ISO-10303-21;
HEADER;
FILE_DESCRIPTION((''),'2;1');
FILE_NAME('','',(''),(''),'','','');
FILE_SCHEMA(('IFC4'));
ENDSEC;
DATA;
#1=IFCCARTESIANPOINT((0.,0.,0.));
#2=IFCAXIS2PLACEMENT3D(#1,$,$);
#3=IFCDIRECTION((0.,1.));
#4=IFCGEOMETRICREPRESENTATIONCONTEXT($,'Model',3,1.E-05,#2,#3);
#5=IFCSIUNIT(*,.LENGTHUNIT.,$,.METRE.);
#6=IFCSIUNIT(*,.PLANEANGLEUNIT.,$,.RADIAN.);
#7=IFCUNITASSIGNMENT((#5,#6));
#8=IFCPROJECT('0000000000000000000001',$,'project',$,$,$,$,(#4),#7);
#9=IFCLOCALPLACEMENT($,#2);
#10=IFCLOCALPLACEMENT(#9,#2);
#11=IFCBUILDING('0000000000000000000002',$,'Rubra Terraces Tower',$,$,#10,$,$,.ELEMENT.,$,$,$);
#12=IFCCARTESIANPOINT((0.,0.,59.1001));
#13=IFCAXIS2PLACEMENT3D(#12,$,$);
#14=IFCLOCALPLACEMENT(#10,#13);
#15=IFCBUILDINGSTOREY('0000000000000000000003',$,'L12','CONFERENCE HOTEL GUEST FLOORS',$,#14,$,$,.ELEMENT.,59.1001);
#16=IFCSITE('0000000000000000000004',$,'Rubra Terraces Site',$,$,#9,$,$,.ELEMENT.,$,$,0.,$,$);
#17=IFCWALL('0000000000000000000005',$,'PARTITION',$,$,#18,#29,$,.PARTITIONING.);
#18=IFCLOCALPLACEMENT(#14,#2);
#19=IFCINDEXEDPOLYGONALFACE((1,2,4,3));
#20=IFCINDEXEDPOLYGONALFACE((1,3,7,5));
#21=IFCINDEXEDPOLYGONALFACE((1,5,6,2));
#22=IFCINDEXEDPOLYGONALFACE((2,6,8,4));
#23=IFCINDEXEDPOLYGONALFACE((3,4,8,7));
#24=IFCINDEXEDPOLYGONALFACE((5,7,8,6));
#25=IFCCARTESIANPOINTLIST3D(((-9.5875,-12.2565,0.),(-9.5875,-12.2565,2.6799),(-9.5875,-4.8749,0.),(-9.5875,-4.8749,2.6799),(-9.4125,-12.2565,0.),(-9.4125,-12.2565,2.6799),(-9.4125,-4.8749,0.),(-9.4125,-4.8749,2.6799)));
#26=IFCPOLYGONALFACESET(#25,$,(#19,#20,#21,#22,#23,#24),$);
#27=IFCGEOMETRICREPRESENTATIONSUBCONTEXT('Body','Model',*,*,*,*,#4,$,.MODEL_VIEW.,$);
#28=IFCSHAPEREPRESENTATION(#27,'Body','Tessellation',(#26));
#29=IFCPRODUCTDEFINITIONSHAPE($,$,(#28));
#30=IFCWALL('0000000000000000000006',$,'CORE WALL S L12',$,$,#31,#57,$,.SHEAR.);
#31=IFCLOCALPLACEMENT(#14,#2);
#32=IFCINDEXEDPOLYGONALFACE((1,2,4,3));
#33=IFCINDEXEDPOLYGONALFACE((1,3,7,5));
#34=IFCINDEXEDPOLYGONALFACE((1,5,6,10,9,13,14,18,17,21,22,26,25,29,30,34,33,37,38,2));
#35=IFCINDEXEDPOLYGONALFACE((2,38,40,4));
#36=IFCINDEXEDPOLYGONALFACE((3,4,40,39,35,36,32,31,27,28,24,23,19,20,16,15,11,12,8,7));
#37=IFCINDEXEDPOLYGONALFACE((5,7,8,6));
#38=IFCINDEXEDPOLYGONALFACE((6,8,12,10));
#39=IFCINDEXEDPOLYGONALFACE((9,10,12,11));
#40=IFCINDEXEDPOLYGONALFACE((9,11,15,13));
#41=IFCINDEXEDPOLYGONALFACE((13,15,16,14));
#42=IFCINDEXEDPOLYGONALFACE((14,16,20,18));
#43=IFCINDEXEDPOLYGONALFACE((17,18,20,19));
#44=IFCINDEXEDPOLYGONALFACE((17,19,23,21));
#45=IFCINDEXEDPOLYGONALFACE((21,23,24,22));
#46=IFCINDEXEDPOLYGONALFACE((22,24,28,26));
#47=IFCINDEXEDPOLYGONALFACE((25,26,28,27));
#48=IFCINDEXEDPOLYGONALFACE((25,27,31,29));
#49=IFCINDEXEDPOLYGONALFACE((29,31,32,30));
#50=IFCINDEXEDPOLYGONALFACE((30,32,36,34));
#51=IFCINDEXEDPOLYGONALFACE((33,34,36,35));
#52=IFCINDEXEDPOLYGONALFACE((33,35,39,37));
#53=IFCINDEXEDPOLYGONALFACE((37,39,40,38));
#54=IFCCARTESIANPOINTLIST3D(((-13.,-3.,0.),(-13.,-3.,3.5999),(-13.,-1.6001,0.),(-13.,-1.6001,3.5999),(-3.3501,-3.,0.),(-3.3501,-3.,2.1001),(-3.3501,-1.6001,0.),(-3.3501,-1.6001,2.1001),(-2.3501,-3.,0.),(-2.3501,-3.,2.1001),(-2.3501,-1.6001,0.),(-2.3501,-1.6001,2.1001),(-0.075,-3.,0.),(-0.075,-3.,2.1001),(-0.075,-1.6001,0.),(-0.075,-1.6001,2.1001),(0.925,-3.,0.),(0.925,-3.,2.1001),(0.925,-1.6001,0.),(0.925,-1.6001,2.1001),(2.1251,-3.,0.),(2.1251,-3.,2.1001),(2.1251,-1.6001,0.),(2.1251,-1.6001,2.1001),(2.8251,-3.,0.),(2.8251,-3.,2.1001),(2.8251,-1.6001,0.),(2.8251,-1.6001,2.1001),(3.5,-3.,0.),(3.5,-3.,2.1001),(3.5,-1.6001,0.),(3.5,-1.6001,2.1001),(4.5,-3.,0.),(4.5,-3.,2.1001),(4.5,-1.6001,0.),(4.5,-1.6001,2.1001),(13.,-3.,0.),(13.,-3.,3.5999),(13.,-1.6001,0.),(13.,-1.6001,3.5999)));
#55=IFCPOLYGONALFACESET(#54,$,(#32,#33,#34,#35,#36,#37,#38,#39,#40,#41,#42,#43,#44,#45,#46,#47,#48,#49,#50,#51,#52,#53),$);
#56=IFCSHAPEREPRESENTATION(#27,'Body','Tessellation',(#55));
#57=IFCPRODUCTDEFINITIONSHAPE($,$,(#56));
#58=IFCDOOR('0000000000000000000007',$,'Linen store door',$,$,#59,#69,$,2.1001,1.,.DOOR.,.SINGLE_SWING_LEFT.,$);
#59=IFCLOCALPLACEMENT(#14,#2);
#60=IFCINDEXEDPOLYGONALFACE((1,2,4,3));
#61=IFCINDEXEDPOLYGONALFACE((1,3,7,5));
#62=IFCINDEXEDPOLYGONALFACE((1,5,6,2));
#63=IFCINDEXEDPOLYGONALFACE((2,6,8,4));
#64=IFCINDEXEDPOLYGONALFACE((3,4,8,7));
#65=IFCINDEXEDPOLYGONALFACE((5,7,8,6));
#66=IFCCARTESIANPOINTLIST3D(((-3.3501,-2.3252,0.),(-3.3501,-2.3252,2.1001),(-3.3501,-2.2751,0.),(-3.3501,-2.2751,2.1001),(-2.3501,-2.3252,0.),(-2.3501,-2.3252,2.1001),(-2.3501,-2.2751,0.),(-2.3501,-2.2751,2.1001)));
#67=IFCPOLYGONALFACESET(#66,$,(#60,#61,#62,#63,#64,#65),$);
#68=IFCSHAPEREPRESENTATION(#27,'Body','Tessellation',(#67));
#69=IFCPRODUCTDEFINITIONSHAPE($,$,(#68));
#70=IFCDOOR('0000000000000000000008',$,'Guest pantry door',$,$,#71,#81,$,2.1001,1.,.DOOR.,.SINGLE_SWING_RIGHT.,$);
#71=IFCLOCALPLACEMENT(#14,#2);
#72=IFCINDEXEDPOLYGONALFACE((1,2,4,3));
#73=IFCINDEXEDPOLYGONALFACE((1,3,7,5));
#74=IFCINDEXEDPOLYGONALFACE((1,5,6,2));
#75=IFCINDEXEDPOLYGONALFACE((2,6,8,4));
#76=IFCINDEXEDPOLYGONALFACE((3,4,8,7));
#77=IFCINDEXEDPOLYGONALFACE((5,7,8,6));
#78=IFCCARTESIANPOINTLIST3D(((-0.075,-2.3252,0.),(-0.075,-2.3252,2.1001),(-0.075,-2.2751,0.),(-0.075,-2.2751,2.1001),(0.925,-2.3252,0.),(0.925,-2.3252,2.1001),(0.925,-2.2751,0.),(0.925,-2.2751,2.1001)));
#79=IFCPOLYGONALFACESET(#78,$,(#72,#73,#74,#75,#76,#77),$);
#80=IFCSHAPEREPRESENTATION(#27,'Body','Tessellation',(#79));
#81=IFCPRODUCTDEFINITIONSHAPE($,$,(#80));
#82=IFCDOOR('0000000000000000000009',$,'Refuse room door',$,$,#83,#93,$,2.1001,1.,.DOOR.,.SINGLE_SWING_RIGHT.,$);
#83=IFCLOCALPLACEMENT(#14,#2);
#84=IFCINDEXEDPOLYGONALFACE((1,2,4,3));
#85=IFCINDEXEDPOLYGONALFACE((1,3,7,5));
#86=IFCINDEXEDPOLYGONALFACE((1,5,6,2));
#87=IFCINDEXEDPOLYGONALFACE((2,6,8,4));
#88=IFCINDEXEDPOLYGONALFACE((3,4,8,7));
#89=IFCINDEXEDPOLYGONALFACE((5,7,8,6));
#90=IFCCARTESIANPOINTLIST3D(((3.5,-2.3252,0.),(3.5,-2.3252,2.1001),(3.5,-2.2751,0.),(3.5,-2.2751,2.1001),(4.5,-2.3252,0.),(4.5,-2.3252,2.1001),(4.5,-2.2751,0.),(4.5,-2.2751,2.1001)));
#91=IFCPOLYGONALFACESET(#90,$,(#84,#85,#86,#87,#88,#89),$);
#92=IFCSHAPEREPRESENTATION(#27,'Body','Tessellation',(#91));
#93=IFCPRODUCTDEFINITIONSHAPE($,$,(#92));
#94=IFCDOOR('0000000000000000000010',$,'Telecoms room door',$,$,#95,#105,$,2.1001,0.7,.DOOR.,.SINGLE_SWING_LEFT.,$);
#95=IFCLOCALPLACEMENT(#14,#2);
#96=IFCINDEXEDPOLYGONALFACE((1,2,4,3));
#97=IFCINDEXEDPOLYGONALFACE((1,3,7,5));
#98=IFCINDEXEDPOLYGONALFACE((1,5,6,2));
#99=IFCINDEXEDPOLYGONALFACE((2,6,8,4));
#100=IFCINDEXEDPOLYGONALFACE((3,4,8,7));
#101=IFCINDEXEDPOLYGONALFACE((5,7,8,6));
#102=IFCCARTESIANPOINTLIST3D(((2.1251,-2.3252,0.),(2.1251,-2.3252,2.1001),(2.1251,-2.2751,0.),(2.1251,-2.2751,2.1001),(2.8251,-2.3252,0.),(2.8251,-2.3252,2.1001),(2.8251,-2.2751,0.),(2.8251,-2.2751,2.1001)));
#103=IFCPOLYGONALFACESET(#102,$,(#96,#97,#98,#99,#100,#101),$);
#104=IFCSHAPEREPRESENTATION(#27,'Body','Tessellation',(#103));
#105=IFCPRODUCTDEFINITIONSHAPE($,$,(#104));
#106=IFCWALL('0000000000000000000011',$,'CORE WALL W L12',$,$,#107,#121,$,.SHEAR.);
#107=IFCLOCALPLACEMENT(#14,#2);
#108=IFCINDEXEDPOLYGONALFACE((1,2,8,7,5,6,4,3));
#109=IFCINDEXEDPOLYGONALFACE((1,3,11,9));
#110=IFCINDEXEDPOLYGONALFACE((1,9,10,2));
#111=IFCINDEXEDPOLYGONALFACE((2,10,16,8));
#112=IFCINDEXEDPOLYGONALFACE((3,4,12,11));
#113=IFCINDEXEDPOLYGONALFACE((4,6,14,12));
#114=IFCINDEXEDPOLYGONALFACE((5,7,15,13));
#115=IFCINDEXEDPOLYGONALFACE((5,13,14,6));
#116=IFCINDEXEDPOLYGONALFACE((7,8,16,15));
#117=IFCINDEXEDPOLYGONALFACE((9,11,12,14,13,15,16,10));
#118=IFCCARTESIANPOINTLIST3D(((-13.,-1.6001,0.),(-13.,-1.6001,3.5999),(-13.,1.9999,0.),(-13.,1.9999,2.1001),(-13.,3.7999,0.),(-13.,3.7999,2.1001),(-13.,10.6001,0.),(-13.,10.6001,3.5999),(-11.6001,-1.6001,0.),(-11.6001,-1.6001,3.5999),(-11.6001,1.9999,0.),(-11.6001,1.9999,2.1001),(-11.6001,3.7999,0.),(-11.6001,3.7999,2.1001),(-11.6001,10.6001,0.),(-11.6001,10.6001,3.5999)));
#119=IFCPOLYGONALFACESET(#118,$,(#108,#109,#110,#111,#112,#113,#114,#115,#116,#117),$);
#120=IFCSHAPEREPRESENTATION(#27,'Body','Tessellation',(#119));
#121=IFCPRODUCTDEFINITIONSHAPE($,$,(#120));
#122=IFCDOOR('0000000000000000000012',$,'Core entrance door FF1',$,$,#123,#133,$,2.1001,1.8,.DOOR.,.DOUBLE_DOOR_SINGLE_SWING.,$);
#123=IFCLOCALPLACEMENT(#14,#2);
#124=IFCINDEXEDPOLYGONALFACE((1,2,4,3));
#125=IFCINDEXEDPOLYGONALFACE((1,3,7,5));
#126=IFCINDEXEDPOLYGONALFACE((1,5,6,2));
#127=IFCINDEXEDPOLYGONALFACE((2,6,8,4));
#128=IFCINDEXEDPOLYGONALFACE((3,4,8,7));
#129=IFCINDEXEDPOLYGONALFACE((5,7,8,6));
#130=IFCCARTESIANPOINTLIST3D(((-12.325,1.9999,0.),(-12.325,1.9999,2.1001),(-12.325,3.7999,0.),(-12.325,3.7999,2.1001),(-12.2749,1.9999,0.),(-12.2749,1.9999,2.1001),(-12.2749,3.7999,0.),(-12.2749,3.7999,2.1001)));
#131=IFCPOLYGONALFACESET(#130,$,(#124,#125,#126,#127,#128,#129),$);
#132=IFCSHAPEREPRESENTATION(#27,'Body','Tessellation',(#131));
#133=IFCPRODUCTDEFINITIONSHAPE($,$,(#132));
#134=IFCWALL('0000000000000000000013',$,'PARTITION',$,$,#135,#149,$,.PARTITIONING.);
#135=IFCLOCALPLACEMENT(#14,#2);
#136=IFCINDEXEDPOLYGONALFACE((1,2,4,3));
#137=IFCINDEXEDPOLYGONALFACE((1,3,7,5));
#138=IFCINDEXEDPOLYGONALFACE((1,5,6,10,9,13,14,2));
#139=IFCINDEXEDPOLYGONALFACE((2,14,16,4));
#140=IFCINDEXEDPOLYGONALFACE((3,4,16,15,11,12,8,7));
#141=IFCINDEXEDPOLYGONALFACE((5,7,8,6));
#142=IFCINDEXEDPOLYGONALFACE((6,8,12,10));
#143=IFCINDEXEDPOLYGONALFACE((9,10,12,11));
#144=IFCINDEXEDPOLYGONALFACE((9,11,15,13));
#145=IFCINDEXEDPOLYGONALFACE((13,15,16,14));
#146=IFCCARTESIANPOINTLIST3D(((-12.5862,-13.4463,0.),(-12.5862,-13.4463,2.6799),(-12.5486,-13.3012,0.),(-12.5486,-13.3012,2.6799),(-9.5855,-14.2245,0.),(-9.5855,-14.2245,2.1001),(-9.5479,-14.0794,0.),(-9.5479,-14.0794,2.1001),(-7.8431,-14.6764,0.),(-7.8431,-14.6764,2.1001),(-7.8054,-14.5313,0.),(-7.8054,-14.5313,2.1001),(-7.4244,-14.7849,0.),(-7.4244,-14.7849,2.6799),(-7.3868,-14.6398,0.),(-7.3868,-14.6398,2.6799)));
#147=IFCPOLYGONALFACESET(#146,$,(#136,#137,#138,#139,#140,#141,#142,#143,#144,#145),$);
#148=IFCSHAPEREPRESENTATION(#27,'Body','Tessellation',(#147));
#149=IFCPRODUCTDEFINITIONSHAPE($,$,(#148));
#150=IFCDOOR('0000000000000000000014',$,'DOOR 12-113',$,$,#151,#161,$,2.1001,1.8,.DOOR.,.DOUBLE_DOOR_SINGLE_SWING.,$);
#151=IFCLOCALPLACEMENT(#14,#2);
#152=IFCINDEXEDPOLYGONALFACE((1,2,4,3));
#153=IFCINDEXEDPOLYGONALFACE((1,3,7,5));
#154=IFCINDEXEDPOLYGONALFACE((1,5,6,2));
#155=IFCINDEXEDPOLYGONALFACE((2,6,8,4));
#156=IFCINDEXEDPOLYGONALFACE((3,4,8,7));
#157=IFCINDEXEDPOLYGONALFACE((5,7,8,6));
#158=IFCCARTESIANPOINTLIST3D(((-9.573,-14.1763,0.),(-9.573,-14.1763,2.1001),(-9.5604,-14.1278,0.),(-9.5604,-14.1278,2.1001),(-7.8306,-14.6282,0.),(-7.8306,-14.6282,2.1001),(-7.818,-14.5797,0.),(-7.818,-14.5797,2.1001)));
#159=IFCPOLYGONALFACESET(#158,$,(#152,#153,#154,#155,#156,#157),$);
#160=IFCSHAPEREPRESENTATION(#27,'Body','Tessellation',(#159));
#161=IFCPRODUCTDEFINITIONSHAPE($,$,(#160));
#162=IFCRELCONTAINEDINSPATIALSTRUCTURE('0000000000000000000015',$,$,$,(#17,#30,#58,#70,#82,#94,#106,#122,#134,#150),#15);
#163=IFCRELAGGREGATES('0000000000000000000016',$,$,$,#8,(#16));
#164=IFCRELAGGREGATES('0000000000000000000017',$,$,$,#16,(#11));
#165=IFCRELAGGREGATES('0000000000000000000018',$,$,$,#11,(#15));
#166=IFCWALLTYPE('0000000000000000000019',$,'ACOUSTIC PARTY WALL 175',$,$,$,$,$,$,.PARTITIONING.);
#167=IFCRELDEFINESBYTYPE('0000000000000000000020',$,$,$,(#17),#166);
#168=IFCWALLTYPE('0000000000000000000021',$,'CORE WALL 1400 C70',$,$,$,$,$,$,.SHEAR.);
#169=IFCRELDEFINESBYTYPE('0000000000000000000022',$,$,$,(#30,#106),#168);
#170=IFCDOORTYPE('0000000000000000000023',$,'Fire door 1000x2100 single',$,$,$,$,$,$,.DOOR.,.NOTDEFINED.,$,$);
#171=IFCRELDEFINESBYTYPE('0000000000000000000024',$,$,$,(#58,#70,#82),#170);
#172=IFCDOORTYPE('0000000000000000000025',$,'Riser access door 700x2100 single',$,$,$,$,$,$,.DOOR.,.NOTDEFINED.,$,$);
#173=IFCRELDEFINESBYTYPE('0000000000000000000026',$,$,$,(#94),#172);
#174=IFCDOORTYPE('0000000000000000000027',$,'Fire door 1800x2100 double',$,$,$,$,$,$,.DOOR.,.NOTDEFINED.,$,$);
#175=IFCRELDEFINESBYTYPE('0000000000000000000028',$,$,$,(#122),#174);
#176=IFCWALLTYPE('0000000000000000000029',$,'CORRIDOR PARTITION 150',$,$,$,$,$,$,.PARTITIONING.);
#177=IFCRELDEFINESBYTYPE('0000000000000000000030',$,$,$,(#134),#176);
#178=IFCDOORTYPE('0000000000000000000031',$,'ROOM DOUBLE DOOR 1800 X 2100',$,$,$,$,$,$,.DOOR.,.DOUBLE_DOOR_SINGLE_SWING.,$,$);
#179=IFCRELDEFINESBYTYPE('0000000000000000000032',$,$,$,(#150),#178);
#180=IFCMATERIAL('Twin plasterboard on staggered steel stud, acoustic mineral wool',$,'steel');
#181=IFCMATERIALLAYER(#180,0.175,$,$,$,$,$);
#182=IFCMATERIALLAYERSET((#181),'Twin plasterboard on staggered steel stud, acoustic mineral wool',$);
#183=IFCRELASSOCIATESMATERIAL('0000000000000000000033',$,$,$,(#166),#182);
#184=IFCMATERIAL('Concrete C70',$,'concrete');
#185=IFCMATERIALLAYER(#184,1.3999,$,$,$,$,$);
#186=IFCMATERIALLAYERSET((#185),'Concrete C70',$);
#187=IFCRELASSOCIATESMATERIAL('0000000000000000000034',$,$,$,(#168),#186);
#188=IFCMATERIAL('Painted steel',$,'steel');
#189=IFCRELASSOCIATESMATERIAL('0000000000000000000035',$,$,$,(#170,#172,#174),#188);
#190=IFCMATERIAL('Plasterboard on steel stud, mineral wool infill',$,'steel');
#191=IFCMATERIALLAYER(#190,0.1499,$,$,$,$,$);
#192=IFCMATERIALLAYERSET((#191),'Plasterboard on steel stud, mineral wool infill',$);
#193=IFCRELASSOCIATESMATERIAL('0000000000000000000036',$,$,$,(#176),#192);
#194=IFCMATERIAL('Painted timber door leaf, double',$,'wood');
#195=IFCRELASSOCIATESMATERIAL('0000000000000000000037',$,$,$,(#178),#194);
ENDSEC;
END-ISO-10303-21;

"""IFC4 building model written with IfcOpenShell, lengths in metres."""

from ifc_helpers import new_model, si_unit, direction, frame, frame_2d, origin, place, context, subcontext, project, spatial, rectangle, extrude, material, layer, layer_set, type_object, element, fill, save


model = new_model("IFC4")

# Units and contexts
model_context = context("Model", 3, precision=1e-05, world=origin(), true_north=direction((0.0, 1.0)))
body_context = subcontext(model_context, "Body", "Model", "MODEL_VIEW")
ifc_project = project(units=[si_unit("LENGTHUNIT", "METRE"), si_unit("PLANEANGLEUNIT", "RADIAN")], contexts=[model_context])

# Site, building, storey
site_placement = place(None, origin())
site = spatial("IfcSite", under=ifc_project, at=site_placement, Name="Rubra Terraces Site", CompositionType="ELEMENT", RefElevation=0.0)
building_placement = place(site_placement, origin())
building = spatial("IfcBuilding", under=site, at=building_placement, Name="Rubra Terraces Tower", CompositionType="ELEMENT")
storey_placement = place(building_placement, frame((0.0, 0.0, 59.1001)))
storey = spatial("IfcBuildingStorey", under=building, at=storey_placement, Name="L12", Description="CONFERENCE HOTEL GUEST FLOORS", CompositionType="ELEMENT", Elevation=59.1001)

# Wall
ifc_material_1 = material(Name="Twin plasterboard on staggered steel stud, acoustic mineral wool", Category="steel")
ifc_layer_1 = layer(ifc_material_1, 0.175)
ifc_layer_set_1 = layer_set([ifc_layer_1], Name="Twin plasterboard on staggered steel stud, acoustic mineral wool")
wall_type_1 = type_object("IfcWallType", Name="ACOUSTIC PARTY WALL 175", PredefinedType="PARTITIONING", material=ifc_layer_set_1)
wall_1_placement = place(storey_placement, frame((-9.5, -12.2566, 0.0), z_axis=(0.0, 0.0, 1.0), x_axis=(0.0, 1.0, 0.0)))
element("IfcWall", 1, at=wall_1_placement, inside=storey, type_object=wall_type_1, Name="PARTITION", PredefinedType="PARTITIONING", context=body_context, shape_type="SweptSolid", body=[
    extrude(rectangle(XDim=7.3816, YDim=0.175, at=frame_2d((3.6909, 0.0))), origin(), (0.0, 0.0, 1.0), 2.6799),
])

# Wall, openings, doors
ifc_material_2 = material(Name="Concrete C70", Category="concrete")
ifc_layer_2 = layer(ifc_material_2, 1.3999)
ifc_layer_set_2 = layer_set([ifc_layer_2], Name="Concrete C70")
wall_type_2 = type_object("IfcWallType", Name="CORE WALL 1400 C70", PredefinedType="SHEAR", material=ifc_layer_set_2)
wall_2_placement = place(storey_placement, frame((-13.0, -2.3, 0.0), z_axis=(0.0, 0.0, 1.0), x_axis=(1.0, 0.0, 0.0)))
wall_2 = element("IfcWall", 2, at=wall_2_placement, inside=storey, type_object=wall_type_2, Name="CORE WALL S L12", PredefinedType="SHEAR", context=body_context, shape_type="SweptSolid", body=[
    extrude(rectangle(XDim=26.0, YDim=1.3999, at=frame_2d((13.0, 0.0))), origin(), (0.0, 0.0, 1.0), 3.5999),
])
opening_1_placement = place(wall_2_placement, frame((9.6499, 0.0, 0.0)))
opening_1 = element("IfcOpeningElement", 3, at=opening_1_placement, cuts=wall_2, PredefinedType="OPENING", context=body_context, shape_type="SweptSolid", body=[
    extrude(rectangle(XDim=1.0, YDim=2.1001, at=frame_2d((0.5, 1.05))), frame((0.0, 0.71, 0.0), z_axis=(0.0, -1.0, 0.0), x_axis=(1.0, 0.0, 0.0)), (0.0, 0.0, 1.0), 1.4199),
])
opening_2_placement = place(wall_2_placement, frame((12.925, 0.0, 0.0)))
opening_2 = element("IfcOpeningElement", 4, at=opening_2_placement, cuts=wall_2, PredefinedType="OPENING", context=body_context, shape_type="SweptSolid", body=[
    extrude(rectangle(XDim=1.0, YDim=2.1001, at=frame_2d((0.5, 1.05))), frame((0.0, 0.71, 0.0), z_axis=(0.0, -1.0, 0.0), x_axis=(1.0, 0.0, 0.0)), (0.0, 0.0, 1.0), 1.4199),
])
opening_3_placement = place(wall_2_placement, frame((15.125, 0.0, 0.0)))
opening_3 = element("IfcOpeningElement", 5, at=opening_3_placement, cuts=wall_2, PredefinedType="OPENING", context=body_context, shape_type="SweptSolid", body=[
    extrude(rectangle(XDim=0.7, YDim=2.1001, at=frame_2d((0.3501, 1.05))), frame((0.0, 0.71, 0.0), z_axis=(0.0, -1.0, 0.0), x_axis=(1.0, 0.0, 0.0)), (0.0, 0.0, 1.0), 1.4199),
])
opening_4_placement = place(wall_2_placement, frame((16.5, 0.0, 0.0)))
opening_4 = element("IfcOpeningElement", 6, at=opening_4_placement, cuts=wall_2, PredefinedType="OPENING", context=body_context, shape_type="SweptSolid", body=[
    extrude(rectangle(XDim=1.0, YDim=2.1001, at=frame_2d((0.5, 1.05))), frame((0.0, 0.71, 0.0), z_axis=(0.0, -1.0, 0.0), x_axis=(1.0, 0.0, 0.0)), (0.0, 0.0, 1.0), 1.4199),
])
ifc_material_3 = material(Name="Painted steel", Category="steel")
door_type_1 = type_object("IfcDoorType", Name="Fire door 1000x2100 single", OperationType="NOTDEFINED", PredefinedType="DOOR", material=ifc_material_3)
door_1_placement = place(opening_1_placement, origin())
door_1 = element("IfcDoor", 7, at=door_1_placement, inside=storey, type_object=door_type_1, Name="Linen store door", OperationType="SINGLE_SWING_LEFT", OverallHeight=2.1001, OverallWidth=1.0, PredefinedType="DOOR", context=body_context, shape_type="SweptSolid", body=[
    extrude(rectangle(XDim=1.0, YDim=2.1001, at=frame_2d((0.5, 1.05))), frame((0.0, 0.0249, 0.0), z_axis=(0.0, -1.0, 0.0), x_axis=(1.0, 0.0, 0.0)), (0.0, 0.0, 1.0), 0.05),
])
fill(opening_1, door_1)
door_2_placement = place(opening_2_placement, origin())
door_2 = element("IfcDoor", 8, at=door_2_placement, inside=storey, type_object=door_type_1, Name="Guest pantry door", OperationType="SINGLE_SWING_RIGHT", OverallHeight=2.1001, OverallWidth=1.0, PredefinedType="DOOR", context=body_context, shape_type="SweptSolid", body=[
    extrude(rectangle(XDim=1.0, YDim=2.1001, at=frame_2d((0.5, 1.05))), frame((0.0, 0.0249, 0.0), z_axis=(0.0, -1.0, 0.0), x_axis=(1.0, 0.0, 0.0)), (0.0, 0.0, 1.0), 0.05),
])
fill(opening_2, door_2)
door_3_placement = place(opening_4_placement, origin())
door_3 = element("IfcDoor", 9, at=door_3_placement, inside=storey, type_object=door_type_1, Name="Refuse room door", OperationType="SINGLE_SWING_RIGHT", OverallHeight=2.1001, OverallWidth=1.0, PredefinedType="DOOR", context=body_context, shape_type="SweptSolid", body=[
    extrude(rectangle(XDim=1.0, YDim=2.1001, at=frame_2d((0.5, 1.05))), frame((0.0, 0.0249, 0.0), z_axis=(0.0, -1.0, 0.0), x_axis=(1.0, 0.0, 0.0)), (0.0, 0.0, 1.0), 0.05),
])
fill(opening_4, door_3)
door_type_2 = type_object("IfcDoorType", Name="Riser access door 700x2100 single", OperationType="NOTDEFINED", PredefinedType="DOOR", material=ifc_material_3)
door_4_placement = place(opening_3_placement, origin())
door_4 = element("IfcDoor", 10, at=door_4_placement, inside=storey, type_object=door_type_2, Name="Telecoms room door", OperationType="SINGLE_SWING_LEFT", OverallHeight=2.1001, OverallWidth=0.7, PredefinedType="DOOR", context=body_context, shape_type="SweptSolid", body=[
    extrude(rectangle(XDim=0.7, YDim=2.1001, at=frame_2d((0.3501, 1.05))), frame((0.0, 0.0249, 0.0), z_axis=(0.0, -1.0, 0.0), x_axis=(1.0, 0.0, 0.0)), (0.0, 0.0, 1.0), 0.05),
])
fill(opening_3, door_4)

# Walls, openings, doors
wall_3_placement = place(storey_placement, frame((-12.3, -1.6001, 0.0), z_axis=(0.0, 0.0, 1.0), x_axis=(0.0, 1.0, 0.0)))
wall_3 = element("IfcWall", 11, at=wall_3_placement, inside=storey, type_object=wall_type_2, Name="CORE WALL W L12", PredefinedType="SHEAR", context=body_context, shape_type="SweptSolid", body=[
    extrude(rectangle(XDim=12.2002, YDim=1.3999, at=frame_2d((6.1001, 0.0))), origin(), (0.0, 0.0, 1.0), 3.5999),
])
opening_5_placement = place(wall_3_placement, frame((3.6001, 0.0, 0.0)))
opening_5 = element("IfcOpeningElement", 12, at=opening_5_placement, cuts=wall_3, PredefinedType="OPENING", context=body_context, shape_type="SweptSolid", body=[
    extrude(rectangle(XDim=1.8, YDim=2.1001, at=frame_2d((0.8999, 1.05))), frame((0.0, 0.71, 0.0), z_axis=(0.0, -1.0, 0.0), x_axis=(1.0, 0.0, 0.0)), (0.0, 0.0, 1.0), 1.4199),
])
door_type_3 = type_object("IfcDoorType", Name="Fire door 1800x2100 double", OperationType="NOTDEFINED", PredefinedType="DOOR", material=ifc_material_3)
door_5_placement = place(opening_5_placement, origin())
door_5 = element("IfcDoor", 13, at=door_5_placement, inside=storey, type_object=door_type_3, Name="Core entrance door FF1", OperationType="DOUBLE_DOOR_SINGLE_SWING", OverallHeight=2.1001, OverallWidth=1.8, PredefinedType="DOOR", context=body_context, shape_type="SweptSolid", body=[
    extrude(rectangle(XDim=1.8, YDim=2.1001, at=frame_2d((0.8999, 1.05))), frame((0.0, 0.0249, 0.0), z_axis=(0.0, -1.0, 0.0), x_axis=(1.0, 0.0, 0.0)), (0.0, 0.0, 1.0), 0.05),
])
fill(opening_5, door_5)
ifc_material_4 = material(Name="Plasterboard on steel stud, mineral wool infill", Category="steel")
ifc_layer_3 = layer(ifc_material_4, 0.1499)
ifc_layer_set_3 = layer_set([ifc_layer_3], Name="Plasterboard on steel stud, mineral wool infill")
wall_type_3 = type_object("IfcWallType", Name="CORRIDOR PARTITION 150", PredefinedType="PARTITIONING", material=ifc_layer_set_3)
wall_4_placement = place(storey_placement, frame((-12.5674, -13.3738, 0.0), z_axis=(0.0, 0.0, 1.0), x_axis=(0.96798, -0.251026, 0.0)))
wall_4 = element("IfcWall", 14, at=wall_4_placement, inside=storey, type_object=wall_type_3, Name="PARTITION", PredefinedType="PARTITIONING", context=body_context, shape_type="SweptSolid", body=[
    extrude(rectangle(XDim=5.3325, YDim=0.1499, at=frame_2d((2.6663, 0.0))), origin(), (0.0, 0.0, 1.0), 2.6799),
])
opening_6_placement = place(wall_4_placement, frame((3.1001, 0.0, 0.0)))
opening_6 = element("IfcOpeningElement", 15, at=opening_6_placement, cuts=wall_4, PredefinedType="OPENING", context=body_context, shape_type="SweptSolid", body=[
    extrude(rectangle(XDim=1.8, YDim=2.1001, at=frame_2d((0.8999, 1.05))), frame((0.0, 0.085, 0.0), z_axis=(0.0, -1.0, 0.0), x_axis=(1.0, 0.0, 0.0)), (0.0, 0.0, 1.0), 0.1699),
])
ifc_material_5 = material(Name="Painted timber door leaf, double", Category="wood")
door_type_4 = type_object("IfcDoorType", Name="ROOM DOUBLE DOOR 1800 X 2100", OperationType="DOUBLE_DOOR_SINGLE_SWING", PredefinedType="DOOR", material=ifc_material_5)
door_6_placement = place(opening_6_placement, origin())
door_6 = element("IfcDoor", 16, at=door_6_placement, inside=storey, type_object=door_type_4, Name="DOOR 12-113", OperationType="DOUBLE_DOOR_SINGLE_SWING", OverallHeight=2.1001, OverallWidth=1.8, PredefinedType="DOOR", context=body_context, shape_type="SweptSolid", body=[
    extrude(rectangle(XDim=1.8, YDim=2.1001, at=frame_2d((0.8999, 1.05))), frame((0.0, 0.0249, 0.0), z_axis=(0.0, -1.0, 0.0), x_axis=(1.0, 0.0, 0.0)), (0.0, 0.0, 1.0), 0.05),
])
fill(opening_6, door_6)

save(model, "model.ifc")
